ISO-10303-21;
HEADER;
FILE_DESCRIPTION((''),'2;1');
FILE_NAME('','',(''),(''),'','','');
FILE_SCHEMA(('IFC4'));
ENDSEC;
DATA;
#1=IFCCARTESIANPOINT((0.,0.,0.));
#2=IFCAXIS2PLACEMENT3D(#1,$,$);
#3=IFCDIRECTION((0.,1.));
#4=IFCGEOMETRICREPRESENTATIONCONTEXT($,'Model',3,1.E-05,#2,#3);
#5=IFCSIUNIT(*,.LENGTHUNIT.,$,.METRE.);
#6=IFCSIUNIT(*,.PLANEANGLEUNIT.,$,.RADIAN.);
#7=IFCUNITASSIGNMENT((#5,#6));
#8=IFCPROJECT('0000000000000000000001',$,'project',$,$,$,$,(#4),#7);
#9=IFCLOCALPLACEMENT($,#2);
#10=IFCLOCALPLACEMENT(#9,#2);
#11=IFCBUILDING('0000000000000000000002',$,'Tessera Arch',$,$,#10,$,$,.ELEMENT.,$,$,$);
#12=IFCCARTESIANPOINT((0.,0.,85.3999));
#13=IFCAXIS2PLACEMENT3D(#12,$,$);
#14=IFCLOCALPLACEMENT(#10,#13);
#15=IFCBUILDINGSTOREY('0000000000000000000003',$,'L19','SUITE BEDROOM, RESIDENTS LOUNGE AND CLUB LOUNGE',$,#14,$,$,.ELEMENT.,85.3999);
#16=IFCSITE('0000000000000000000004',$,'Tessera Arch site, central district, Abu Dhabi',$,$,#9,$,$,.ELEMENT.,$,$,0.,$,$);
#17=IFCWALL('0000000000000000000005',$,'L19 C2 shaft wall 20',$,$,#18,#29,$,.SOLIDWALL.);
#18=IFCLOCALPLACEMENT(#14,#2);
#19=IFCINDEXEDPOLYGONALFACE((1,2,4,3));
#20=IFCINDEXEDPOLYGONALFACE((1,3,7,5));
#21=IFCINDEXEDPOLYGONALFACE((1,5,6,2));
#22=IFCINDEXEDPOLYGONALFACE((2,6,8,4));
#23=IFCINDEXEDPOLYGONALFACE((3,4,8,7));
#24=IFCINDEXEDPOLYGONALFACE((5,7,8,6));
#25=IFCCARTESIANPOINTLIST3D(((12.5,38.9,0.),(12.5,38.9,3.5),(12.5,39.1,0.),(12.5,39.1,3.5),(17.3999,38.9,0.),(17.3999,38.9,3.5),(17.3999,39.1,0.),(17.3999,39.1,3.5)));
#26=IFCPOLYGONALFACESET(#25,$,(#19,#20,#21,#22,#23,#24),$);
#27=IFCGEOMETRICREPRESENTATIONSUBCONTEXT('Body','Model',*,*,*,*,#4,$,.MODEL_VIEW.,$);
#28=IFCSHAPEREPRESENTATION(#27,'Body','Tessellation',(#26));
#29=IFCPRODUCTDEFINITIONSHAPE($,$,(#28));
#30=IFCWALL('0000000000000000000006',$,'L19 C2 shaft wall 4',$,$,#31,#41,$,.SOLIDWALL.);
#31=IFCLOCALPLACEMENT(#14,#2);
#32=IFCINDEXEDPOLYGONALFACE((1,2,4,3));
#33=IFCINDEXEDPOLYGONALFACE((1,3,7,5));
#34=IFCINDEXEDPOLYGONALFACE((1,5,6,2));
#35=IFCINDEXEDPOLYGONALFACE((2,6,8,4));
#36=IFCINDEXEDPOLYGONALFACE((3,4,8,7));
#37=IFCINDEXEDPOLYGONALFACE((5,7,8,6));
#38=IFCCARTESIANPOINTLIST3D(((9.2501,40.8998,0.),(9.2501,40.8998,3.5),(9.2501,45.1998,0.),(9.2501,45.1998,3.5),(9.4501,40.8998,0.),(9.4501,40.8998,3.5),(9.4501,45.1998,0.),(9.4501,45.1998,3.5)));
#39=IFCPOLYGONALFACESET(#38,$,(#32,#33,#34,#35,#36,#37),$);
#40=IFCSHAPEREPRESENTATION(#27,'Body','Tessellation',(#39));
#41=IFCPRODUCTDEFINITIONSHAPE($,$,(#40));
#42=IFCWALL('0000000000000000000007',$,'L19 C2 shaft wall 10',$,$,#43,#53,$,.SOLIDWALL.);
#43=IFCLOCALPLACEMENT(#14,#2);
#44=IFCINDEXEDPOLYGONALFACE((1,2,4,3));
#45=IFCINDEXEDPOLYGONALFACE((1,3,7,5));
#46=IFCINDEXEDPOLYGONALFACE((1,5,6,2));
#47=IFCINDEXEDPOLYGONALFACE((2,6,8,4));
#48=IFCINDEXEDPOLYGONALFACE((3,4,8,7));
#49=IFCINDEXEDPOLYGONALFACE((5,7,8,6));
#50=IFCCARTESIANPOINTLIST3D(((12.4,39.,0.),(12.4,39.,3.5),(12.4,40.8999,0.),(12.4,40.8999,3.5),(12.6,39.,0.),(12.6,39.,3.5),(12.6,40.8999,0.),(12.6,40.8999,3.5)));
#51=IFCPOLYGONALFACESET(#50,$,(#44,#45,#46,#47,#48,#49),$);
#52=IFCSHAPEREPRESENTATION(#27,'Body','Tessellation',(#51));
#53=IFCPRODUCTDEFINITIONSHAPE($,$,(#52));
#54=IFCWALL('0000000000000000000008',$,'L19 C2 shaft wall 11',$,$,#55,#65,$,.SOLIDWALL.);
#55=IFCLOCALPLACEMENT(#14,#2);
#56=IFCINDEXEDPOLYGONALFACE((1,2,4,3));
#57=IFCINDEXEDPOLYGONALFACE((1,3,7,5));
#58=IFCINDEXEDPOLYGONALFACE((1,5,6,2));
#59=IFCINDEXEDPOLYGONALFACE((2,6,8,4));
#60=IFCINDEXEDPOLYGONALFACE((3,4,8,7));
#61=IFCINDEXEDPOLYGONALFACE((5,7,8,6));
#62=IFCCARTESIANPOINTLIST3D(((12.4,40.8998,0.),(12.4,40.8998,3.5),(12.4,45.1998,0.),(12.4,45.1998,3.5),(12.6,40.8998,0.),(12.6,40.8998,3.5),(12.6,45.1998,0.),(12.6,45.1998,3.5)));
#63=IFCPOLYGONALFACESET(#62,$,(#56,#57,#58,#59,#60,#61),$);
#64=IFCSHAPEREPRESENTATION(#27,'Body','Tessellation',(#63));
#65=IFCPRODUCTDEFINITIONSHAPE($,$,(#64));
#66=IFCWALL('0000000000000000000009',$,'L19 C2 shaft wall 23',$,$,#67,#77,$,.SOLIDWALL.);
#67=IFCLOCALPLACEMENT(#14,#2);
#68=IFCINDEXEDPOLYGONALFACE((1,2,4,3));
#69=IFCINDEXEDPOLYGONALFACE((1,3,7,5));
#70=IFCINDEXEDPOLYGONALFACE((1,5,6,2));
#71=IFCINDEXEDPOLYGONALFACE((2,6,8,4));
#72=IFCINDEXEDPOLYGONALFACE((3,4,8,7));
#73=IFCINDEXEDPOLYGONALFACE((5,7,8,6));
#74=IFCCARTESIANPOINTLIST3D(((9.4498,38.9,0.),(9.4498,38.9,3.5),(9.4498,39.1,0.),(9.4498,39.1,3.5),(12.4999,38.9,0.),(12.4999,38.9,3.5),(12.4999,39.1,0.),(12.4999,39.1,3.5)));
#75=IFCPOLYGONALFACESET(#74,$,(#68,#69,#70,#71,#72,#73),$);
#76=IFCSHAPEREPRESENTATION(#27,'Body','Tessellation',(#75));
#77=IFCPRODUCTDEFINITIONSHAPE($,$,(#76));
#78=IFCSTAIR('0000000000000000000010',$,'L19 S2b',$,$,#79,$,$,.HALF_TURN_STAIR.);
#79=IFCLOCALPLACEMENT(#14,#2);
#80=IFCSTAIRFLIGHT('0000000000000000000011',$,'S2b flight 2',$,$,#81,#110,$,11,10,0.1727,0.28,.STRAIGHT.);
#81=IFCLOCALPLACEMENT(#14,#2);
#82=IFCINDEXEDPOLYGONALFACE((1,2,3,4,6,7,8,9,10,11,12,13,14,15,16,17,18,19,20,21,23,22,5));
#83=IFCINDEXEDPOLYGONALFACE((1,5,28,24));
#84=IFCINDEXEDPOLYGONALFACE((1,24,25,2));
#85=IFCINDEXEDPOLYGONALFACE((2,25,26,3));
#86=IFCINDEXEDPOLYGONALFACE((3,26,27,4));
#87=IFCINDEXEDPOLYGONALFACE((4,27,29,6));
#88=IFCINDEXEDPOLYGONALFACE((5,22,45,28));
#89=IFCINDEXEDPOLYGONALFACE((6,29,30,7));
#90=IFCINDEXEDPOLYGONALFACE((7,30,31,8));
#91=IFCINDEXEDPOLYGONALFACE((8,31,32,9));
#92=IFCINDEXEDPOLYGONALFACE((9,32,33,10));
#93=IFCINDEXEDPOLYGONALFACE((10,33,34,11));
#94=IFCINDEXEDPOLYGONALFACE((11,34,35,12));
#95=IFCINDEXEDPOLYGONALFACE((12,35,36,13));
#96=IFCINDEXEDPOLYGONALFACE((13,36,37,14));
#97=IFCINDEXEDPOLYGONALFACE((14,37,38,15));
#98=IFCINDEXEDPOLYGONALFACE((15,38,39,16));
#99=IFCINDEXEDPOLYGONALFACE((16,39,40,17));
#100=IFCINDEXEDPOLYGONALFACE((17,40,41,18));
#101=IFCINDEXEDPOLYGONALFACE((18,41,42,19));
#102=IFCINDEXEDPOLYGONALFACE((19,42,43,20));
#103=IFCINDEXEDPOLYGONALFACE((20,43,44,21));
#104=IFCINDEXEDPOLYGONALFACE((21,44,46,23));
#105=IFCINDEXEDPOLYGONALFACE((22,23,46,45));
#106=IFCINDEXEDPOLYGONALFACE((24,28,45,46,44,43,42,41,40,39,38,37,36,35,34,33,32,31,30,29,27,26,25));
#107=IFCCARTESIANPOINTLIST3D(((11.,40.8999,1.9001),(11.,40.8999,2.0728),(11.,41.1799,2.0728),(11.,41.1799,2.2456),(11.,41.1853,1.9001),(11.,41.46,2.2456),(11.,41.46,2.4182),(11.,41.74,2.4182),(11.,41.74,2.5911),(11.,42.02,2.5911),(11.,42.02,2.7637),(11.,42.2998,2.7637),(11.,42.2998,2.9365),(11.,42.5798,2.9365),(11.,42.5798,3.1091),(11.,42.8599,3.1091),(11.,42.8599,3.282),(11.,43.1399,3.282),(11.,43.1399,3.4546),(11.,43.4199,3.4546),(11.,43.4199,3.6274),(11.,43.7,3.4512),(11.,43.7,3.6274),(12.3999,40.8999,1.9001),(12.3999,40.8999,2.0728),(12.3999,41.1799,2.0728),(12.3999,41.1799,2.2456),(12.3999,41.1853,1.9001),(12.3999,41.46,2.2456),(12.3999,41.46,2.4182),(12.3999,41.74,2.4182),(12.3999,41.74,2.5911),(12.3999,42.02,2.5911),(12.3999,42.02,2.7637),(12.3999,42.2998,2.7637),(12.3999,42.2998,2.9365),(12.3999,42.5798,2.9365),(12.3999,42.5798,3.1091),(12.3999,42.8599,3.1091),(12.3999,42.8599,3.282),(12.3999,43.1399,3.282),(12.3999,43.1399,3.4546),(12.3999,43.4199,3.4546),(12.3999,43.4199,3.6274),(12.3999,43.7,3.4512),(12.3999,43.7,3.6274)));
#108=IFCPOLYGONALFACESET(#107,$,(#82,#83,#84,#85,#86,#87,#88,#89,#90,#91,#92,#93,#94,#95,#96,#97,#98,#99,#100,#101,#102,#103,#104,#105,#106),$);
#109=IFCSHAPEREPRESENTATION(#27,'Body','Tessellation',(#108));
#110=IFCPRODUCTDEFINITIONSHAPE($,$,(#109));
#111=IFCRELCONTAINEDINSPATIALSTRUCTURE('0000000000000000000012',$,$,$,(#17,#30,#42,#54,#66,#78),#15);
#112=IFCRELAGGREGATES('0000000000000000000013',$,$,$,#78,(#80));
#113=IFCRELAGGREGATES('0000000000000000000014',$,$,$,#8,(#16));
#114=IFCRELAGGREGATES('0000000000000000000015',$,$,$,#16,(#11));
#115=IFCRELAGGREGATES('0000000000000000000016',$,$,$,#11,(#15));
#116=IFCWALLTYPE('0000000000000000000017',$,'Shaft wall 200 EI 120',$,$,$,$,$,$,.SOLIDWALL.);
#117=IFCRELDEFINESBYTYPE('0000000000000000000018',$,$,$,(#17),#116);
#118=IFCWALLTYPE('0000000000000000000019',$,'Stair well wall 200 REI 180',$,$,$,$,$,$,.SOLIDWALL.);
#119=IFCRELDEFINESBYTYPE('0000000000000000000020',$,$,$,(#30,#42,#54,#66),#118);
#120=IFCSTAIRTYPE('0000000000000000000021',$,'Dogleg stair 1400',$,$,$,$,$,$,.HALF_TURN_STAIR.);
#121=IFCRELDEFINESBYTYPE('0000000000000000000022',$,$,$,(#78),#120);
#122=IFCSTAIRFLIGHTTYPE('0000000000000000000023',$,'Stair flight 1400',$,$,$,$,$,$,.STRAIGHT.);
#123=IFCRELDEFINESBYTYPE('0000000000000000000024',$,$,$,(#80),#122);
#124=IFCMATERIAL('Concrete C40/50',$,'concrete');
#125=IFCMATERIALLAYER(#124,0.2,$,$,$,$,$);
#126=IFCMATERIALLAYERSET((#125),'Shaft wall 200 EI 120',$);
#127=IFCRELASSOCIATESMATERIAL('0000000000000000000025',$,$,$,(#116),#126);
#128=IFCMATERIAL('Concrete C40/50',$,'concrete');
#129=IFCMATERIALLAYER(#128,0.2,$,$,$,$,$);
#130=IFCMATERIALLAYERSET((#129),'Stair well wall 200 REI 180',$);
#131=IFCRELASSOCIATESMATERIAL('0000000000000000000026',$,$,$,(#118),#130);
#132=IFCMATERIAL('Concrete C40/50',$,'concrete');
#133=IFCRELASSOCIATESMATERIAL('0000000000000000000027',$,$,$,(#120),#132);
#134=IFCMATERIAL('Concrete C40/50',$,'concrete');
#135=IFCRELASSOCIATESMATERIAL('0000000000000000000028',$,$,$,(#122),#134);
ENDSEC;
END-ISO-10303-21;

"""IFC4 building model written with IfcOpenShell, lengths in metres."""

from ifc_helpers import new_model, si_unit, direction, frame, frame_2d, origin, place, context, subcontext, project, spatial, polyline, rectangle, outline, extrude, material, layer, layer_set, type_object, element, aggregate, save


model = new_model("IFC4")

# Units and contexts
model_context = context("Model", 3, precision=1e-05, world=origin(), true_north=direction((0.0, 1.0)))
body_context = subcontext(model_context, "Body", "Model", "MODEL_VIEW")
ifc_project = project(units=[si_unit("LENGTHUNIT", "METRE"), si_unit("PLANEANGLEUNIT", "RADIAN")], contexts=[model_context])

# Site, building, storey
site_placement = place(None, origin())
site = spatial("IfcSite", under=ifc_project, at=site_placement, Name="Tessera Arch site, central district, Abu Dhabi", CompositionType="ELEMENT", RefElevation=0.0)
building_placement = place(site_placement, origin())
building = spatial("IfcBuilding", under=site, at=building_placement, Name="Tessera Arch", CompositionType="ELEMENT")
storey_placement = place(building_placement, frame((0.0, 0.0, 85.3999)))
storey = spatial("IfcBuildingStorey", under=building, at=storey_placement, Name="L19", Description="SUITE BEDROOM, RESIDENTS LOUNGE AND CLUB LOUNGE", CompositionType="ELEMENT", Elevation=85.3999)

# Walls
ifc_material_1 = material(Name="Concrete C40/50", Category="concrete")
ifc_layer_1 = layer(ifc_material_1, 0.2)
ifc_layer_set_1 = layer_set([ifc_layer_1], Name="Shaft wall 200 EI 120")
wall_type_1 = type_object("IfcWallType", Name="Shaft wall 200 EI 120", PredefinedType="SOLIDWALL", material=ifc_layer_set_1)
wall_1_placement = place(storey_placement, frame((12.5, 39.0, 0.0), z_axis=(0.0, 0.0, 1.0), x_axis=(1.0, 0.0, 0.0)))
element("IfcWall", 1, at=wall_1_placement, inside=storey, type_object=wall_type_1, Name="L19 C2 shaft wall 20", PredefinedType="SOLIDWALL", context=body_context, shape_type="SweptSolid", body=[
    extrude(rectangle(XDim=4.8999, YDim=0.2, at=frame_2d((2.45, 0.0))), origin(), (0.0, 0.0, 1.0), 3.5),
])
ifc_material_2 = material(Name="Concrete C40/50", Category="concrete")
ifc_layer_2 = layer(ifc_material_2, 0.2)
ifc_layer_set_2 = layer_set([ifc_layer_2], Name="Stair well wall 200 REI 180")
wall_type_2 = type_object("IfcWallType", Name="Stair well wall 200 REI 180", PredefinedType="SOLIDWALL", material=ifc_layer_set_2)
wall_2_placement = place(storey_placement, frame((9.3501, 40.8999, 0.0), z_axis=(0.0, 0.0, 1.0), x_axis=(0.0, 1.0, 0.0)))
element("IfcWall", 2, at=wall_2_placement, inside=storey, type_object=wall_type_2, Name="L19 C2 shaft wall 4", PredefinedType="SOLIDWALL", context=body_context, shape_type="SweptSolid", body=[
    extrude(rectangle(XDim=4.3, YDim=0.2, at=frame_2d((2.1499, 0.0))), origin(), (0.0, 0.0, 1.0), 3.5),
])
wall_3_placement = place(storey_placement, frame((12.5, 39.0, 0.0), z_axis=(0.0, 0.0, 1.0), x_axis=(0.0, 1.0, 0.0)))
element("IfcWall", 3, at=wall_3_placement, inside=storey, type_object=wall_type_2, Name="L19 C2 shaft wall 10", PredefinedType="SOLIDWALL", context=body_context, shape_type="SweptSolid", body=[
    extrude(rectangle(XDim=1.8999, YDim=0.2, at=frame_2d((0.95, 0.0))), origin(), (0.0, 0.0, 1.0), 3.5),
])
wall_4_placement = place(storey_placement, frame((12.5, 40.8999, 0.0), z_axis=(0.0, 0.0, 1.0), x_axis=(0.0, 1.0, 0.0)))
element("IfcWall", 4, at=wall_4_placement, inside=storey, type_object=wall_type_2, Name="L19 C2 shaft wall 11", PredefinedType="SOLIDWALL", context=body_context, shape_type="SweptSolid", body=[
    extrude(rectangle(XDim=4.3, YDim=0.2, at=frame_2d((2.1499, 0.0))), origin(), (0.0, 0.0, 1.0), 3.5),
])
wall_5_placement = place(storey_placement, frame((9.45, 39.0, 0.0), z_axis=(0.0, 0.0, 1.0), x_axis=(1.0, 0.0, 0.0)))
element("IfcWall", 5, at=wall_5_placement, inside=storey, type_object=wall_type_2, Name="L19 C2 shaft wall 23", PredefinedType="SOLIDWALL", context=body_context, shape_type="SweptSolid", body=[
    extrude(rectangle(XDim=3.05, YDim=0.2, at=frame_2d((1.5249, 0.0))), origin(), (0.0, 0.0, 1.0), 3.5),
])

# Stair, stair flight
ifc_material_3 = material(Name="Concrete C40/50", Category="concrete")
stair_type = type_object("IfcStairType", Name="Dogleg stair 1400", PredefinedType="HALF_TURN_STAIR", material=ifc_material_3)
stair_placement = place(storey_placement, origin())
stair = element("IfcStair", 6, at=stair_placement, inside=storey, type_object=stair_type, Name="L19 S2b", PredefinedType="HALF_TURN_STAIR")
ifc_material_4 = material(Name="Concrete C40/50", Category="concrete")
stair_flight_type = type_object("IfcStairFlightType", Name="Stair flight 1400", PredefinedType="STRAIGHT", material=ifc_material_4)
stair_flight_placement = place(storey_placement, frame((11.7, 40.8999, 1.9001), z_axis=(0.0, 0.0, 1.0), x_axis=(0.0, 1.0, 0.0)))
stair_flight = element("IfcStairFlight", 7, at=stair_flight_placement, type_object=stair_flight_type, Name="S2b flight 2", NumberOfRisers=11, NumberOfTreads=10, PredefinedType="STRAIGHT", RiserHeight=0.1727, TreadLength=0.28, context=body_context, shape_type="SweptSolid", body=[
    extrude(outline(polyline([(0.0, 0.0), (0.0, 0.1726), (0.28, 0.1726), (0.28, 0.3455), (0.5601, 0.3455), (0.5601, 0.5181), (0.8401, 0.5181), (0.8401, 0.6909), (1.1201, 0.6909), (1.1201, 0.8635), (1.3999, 0.8635), (1.3999, 1.0364), (1.6799, 1.0364), (1.6799, 1.209), (1.96, 1.209), (1.96, 1.3818), (2.24, 1.3818), (2.24, 1.5544), (2.52, 1.5544), (2.52, 1.7273), (2.8, 1.7273), (2.8, 1.8999), (2.8, 1.551), (0.2854, 0.0), (0.0, 0.0)])), frame((0.0, 0.7, 0.0), z_axis=(0.0, -1.0, 0.0), x_axis=(1.0, 0.0, 0.0)), (0.0, 0.0, 1.0), 1.3999),
])
aggregate(stair, [stair_flight])

save(model, "model.ifc")
